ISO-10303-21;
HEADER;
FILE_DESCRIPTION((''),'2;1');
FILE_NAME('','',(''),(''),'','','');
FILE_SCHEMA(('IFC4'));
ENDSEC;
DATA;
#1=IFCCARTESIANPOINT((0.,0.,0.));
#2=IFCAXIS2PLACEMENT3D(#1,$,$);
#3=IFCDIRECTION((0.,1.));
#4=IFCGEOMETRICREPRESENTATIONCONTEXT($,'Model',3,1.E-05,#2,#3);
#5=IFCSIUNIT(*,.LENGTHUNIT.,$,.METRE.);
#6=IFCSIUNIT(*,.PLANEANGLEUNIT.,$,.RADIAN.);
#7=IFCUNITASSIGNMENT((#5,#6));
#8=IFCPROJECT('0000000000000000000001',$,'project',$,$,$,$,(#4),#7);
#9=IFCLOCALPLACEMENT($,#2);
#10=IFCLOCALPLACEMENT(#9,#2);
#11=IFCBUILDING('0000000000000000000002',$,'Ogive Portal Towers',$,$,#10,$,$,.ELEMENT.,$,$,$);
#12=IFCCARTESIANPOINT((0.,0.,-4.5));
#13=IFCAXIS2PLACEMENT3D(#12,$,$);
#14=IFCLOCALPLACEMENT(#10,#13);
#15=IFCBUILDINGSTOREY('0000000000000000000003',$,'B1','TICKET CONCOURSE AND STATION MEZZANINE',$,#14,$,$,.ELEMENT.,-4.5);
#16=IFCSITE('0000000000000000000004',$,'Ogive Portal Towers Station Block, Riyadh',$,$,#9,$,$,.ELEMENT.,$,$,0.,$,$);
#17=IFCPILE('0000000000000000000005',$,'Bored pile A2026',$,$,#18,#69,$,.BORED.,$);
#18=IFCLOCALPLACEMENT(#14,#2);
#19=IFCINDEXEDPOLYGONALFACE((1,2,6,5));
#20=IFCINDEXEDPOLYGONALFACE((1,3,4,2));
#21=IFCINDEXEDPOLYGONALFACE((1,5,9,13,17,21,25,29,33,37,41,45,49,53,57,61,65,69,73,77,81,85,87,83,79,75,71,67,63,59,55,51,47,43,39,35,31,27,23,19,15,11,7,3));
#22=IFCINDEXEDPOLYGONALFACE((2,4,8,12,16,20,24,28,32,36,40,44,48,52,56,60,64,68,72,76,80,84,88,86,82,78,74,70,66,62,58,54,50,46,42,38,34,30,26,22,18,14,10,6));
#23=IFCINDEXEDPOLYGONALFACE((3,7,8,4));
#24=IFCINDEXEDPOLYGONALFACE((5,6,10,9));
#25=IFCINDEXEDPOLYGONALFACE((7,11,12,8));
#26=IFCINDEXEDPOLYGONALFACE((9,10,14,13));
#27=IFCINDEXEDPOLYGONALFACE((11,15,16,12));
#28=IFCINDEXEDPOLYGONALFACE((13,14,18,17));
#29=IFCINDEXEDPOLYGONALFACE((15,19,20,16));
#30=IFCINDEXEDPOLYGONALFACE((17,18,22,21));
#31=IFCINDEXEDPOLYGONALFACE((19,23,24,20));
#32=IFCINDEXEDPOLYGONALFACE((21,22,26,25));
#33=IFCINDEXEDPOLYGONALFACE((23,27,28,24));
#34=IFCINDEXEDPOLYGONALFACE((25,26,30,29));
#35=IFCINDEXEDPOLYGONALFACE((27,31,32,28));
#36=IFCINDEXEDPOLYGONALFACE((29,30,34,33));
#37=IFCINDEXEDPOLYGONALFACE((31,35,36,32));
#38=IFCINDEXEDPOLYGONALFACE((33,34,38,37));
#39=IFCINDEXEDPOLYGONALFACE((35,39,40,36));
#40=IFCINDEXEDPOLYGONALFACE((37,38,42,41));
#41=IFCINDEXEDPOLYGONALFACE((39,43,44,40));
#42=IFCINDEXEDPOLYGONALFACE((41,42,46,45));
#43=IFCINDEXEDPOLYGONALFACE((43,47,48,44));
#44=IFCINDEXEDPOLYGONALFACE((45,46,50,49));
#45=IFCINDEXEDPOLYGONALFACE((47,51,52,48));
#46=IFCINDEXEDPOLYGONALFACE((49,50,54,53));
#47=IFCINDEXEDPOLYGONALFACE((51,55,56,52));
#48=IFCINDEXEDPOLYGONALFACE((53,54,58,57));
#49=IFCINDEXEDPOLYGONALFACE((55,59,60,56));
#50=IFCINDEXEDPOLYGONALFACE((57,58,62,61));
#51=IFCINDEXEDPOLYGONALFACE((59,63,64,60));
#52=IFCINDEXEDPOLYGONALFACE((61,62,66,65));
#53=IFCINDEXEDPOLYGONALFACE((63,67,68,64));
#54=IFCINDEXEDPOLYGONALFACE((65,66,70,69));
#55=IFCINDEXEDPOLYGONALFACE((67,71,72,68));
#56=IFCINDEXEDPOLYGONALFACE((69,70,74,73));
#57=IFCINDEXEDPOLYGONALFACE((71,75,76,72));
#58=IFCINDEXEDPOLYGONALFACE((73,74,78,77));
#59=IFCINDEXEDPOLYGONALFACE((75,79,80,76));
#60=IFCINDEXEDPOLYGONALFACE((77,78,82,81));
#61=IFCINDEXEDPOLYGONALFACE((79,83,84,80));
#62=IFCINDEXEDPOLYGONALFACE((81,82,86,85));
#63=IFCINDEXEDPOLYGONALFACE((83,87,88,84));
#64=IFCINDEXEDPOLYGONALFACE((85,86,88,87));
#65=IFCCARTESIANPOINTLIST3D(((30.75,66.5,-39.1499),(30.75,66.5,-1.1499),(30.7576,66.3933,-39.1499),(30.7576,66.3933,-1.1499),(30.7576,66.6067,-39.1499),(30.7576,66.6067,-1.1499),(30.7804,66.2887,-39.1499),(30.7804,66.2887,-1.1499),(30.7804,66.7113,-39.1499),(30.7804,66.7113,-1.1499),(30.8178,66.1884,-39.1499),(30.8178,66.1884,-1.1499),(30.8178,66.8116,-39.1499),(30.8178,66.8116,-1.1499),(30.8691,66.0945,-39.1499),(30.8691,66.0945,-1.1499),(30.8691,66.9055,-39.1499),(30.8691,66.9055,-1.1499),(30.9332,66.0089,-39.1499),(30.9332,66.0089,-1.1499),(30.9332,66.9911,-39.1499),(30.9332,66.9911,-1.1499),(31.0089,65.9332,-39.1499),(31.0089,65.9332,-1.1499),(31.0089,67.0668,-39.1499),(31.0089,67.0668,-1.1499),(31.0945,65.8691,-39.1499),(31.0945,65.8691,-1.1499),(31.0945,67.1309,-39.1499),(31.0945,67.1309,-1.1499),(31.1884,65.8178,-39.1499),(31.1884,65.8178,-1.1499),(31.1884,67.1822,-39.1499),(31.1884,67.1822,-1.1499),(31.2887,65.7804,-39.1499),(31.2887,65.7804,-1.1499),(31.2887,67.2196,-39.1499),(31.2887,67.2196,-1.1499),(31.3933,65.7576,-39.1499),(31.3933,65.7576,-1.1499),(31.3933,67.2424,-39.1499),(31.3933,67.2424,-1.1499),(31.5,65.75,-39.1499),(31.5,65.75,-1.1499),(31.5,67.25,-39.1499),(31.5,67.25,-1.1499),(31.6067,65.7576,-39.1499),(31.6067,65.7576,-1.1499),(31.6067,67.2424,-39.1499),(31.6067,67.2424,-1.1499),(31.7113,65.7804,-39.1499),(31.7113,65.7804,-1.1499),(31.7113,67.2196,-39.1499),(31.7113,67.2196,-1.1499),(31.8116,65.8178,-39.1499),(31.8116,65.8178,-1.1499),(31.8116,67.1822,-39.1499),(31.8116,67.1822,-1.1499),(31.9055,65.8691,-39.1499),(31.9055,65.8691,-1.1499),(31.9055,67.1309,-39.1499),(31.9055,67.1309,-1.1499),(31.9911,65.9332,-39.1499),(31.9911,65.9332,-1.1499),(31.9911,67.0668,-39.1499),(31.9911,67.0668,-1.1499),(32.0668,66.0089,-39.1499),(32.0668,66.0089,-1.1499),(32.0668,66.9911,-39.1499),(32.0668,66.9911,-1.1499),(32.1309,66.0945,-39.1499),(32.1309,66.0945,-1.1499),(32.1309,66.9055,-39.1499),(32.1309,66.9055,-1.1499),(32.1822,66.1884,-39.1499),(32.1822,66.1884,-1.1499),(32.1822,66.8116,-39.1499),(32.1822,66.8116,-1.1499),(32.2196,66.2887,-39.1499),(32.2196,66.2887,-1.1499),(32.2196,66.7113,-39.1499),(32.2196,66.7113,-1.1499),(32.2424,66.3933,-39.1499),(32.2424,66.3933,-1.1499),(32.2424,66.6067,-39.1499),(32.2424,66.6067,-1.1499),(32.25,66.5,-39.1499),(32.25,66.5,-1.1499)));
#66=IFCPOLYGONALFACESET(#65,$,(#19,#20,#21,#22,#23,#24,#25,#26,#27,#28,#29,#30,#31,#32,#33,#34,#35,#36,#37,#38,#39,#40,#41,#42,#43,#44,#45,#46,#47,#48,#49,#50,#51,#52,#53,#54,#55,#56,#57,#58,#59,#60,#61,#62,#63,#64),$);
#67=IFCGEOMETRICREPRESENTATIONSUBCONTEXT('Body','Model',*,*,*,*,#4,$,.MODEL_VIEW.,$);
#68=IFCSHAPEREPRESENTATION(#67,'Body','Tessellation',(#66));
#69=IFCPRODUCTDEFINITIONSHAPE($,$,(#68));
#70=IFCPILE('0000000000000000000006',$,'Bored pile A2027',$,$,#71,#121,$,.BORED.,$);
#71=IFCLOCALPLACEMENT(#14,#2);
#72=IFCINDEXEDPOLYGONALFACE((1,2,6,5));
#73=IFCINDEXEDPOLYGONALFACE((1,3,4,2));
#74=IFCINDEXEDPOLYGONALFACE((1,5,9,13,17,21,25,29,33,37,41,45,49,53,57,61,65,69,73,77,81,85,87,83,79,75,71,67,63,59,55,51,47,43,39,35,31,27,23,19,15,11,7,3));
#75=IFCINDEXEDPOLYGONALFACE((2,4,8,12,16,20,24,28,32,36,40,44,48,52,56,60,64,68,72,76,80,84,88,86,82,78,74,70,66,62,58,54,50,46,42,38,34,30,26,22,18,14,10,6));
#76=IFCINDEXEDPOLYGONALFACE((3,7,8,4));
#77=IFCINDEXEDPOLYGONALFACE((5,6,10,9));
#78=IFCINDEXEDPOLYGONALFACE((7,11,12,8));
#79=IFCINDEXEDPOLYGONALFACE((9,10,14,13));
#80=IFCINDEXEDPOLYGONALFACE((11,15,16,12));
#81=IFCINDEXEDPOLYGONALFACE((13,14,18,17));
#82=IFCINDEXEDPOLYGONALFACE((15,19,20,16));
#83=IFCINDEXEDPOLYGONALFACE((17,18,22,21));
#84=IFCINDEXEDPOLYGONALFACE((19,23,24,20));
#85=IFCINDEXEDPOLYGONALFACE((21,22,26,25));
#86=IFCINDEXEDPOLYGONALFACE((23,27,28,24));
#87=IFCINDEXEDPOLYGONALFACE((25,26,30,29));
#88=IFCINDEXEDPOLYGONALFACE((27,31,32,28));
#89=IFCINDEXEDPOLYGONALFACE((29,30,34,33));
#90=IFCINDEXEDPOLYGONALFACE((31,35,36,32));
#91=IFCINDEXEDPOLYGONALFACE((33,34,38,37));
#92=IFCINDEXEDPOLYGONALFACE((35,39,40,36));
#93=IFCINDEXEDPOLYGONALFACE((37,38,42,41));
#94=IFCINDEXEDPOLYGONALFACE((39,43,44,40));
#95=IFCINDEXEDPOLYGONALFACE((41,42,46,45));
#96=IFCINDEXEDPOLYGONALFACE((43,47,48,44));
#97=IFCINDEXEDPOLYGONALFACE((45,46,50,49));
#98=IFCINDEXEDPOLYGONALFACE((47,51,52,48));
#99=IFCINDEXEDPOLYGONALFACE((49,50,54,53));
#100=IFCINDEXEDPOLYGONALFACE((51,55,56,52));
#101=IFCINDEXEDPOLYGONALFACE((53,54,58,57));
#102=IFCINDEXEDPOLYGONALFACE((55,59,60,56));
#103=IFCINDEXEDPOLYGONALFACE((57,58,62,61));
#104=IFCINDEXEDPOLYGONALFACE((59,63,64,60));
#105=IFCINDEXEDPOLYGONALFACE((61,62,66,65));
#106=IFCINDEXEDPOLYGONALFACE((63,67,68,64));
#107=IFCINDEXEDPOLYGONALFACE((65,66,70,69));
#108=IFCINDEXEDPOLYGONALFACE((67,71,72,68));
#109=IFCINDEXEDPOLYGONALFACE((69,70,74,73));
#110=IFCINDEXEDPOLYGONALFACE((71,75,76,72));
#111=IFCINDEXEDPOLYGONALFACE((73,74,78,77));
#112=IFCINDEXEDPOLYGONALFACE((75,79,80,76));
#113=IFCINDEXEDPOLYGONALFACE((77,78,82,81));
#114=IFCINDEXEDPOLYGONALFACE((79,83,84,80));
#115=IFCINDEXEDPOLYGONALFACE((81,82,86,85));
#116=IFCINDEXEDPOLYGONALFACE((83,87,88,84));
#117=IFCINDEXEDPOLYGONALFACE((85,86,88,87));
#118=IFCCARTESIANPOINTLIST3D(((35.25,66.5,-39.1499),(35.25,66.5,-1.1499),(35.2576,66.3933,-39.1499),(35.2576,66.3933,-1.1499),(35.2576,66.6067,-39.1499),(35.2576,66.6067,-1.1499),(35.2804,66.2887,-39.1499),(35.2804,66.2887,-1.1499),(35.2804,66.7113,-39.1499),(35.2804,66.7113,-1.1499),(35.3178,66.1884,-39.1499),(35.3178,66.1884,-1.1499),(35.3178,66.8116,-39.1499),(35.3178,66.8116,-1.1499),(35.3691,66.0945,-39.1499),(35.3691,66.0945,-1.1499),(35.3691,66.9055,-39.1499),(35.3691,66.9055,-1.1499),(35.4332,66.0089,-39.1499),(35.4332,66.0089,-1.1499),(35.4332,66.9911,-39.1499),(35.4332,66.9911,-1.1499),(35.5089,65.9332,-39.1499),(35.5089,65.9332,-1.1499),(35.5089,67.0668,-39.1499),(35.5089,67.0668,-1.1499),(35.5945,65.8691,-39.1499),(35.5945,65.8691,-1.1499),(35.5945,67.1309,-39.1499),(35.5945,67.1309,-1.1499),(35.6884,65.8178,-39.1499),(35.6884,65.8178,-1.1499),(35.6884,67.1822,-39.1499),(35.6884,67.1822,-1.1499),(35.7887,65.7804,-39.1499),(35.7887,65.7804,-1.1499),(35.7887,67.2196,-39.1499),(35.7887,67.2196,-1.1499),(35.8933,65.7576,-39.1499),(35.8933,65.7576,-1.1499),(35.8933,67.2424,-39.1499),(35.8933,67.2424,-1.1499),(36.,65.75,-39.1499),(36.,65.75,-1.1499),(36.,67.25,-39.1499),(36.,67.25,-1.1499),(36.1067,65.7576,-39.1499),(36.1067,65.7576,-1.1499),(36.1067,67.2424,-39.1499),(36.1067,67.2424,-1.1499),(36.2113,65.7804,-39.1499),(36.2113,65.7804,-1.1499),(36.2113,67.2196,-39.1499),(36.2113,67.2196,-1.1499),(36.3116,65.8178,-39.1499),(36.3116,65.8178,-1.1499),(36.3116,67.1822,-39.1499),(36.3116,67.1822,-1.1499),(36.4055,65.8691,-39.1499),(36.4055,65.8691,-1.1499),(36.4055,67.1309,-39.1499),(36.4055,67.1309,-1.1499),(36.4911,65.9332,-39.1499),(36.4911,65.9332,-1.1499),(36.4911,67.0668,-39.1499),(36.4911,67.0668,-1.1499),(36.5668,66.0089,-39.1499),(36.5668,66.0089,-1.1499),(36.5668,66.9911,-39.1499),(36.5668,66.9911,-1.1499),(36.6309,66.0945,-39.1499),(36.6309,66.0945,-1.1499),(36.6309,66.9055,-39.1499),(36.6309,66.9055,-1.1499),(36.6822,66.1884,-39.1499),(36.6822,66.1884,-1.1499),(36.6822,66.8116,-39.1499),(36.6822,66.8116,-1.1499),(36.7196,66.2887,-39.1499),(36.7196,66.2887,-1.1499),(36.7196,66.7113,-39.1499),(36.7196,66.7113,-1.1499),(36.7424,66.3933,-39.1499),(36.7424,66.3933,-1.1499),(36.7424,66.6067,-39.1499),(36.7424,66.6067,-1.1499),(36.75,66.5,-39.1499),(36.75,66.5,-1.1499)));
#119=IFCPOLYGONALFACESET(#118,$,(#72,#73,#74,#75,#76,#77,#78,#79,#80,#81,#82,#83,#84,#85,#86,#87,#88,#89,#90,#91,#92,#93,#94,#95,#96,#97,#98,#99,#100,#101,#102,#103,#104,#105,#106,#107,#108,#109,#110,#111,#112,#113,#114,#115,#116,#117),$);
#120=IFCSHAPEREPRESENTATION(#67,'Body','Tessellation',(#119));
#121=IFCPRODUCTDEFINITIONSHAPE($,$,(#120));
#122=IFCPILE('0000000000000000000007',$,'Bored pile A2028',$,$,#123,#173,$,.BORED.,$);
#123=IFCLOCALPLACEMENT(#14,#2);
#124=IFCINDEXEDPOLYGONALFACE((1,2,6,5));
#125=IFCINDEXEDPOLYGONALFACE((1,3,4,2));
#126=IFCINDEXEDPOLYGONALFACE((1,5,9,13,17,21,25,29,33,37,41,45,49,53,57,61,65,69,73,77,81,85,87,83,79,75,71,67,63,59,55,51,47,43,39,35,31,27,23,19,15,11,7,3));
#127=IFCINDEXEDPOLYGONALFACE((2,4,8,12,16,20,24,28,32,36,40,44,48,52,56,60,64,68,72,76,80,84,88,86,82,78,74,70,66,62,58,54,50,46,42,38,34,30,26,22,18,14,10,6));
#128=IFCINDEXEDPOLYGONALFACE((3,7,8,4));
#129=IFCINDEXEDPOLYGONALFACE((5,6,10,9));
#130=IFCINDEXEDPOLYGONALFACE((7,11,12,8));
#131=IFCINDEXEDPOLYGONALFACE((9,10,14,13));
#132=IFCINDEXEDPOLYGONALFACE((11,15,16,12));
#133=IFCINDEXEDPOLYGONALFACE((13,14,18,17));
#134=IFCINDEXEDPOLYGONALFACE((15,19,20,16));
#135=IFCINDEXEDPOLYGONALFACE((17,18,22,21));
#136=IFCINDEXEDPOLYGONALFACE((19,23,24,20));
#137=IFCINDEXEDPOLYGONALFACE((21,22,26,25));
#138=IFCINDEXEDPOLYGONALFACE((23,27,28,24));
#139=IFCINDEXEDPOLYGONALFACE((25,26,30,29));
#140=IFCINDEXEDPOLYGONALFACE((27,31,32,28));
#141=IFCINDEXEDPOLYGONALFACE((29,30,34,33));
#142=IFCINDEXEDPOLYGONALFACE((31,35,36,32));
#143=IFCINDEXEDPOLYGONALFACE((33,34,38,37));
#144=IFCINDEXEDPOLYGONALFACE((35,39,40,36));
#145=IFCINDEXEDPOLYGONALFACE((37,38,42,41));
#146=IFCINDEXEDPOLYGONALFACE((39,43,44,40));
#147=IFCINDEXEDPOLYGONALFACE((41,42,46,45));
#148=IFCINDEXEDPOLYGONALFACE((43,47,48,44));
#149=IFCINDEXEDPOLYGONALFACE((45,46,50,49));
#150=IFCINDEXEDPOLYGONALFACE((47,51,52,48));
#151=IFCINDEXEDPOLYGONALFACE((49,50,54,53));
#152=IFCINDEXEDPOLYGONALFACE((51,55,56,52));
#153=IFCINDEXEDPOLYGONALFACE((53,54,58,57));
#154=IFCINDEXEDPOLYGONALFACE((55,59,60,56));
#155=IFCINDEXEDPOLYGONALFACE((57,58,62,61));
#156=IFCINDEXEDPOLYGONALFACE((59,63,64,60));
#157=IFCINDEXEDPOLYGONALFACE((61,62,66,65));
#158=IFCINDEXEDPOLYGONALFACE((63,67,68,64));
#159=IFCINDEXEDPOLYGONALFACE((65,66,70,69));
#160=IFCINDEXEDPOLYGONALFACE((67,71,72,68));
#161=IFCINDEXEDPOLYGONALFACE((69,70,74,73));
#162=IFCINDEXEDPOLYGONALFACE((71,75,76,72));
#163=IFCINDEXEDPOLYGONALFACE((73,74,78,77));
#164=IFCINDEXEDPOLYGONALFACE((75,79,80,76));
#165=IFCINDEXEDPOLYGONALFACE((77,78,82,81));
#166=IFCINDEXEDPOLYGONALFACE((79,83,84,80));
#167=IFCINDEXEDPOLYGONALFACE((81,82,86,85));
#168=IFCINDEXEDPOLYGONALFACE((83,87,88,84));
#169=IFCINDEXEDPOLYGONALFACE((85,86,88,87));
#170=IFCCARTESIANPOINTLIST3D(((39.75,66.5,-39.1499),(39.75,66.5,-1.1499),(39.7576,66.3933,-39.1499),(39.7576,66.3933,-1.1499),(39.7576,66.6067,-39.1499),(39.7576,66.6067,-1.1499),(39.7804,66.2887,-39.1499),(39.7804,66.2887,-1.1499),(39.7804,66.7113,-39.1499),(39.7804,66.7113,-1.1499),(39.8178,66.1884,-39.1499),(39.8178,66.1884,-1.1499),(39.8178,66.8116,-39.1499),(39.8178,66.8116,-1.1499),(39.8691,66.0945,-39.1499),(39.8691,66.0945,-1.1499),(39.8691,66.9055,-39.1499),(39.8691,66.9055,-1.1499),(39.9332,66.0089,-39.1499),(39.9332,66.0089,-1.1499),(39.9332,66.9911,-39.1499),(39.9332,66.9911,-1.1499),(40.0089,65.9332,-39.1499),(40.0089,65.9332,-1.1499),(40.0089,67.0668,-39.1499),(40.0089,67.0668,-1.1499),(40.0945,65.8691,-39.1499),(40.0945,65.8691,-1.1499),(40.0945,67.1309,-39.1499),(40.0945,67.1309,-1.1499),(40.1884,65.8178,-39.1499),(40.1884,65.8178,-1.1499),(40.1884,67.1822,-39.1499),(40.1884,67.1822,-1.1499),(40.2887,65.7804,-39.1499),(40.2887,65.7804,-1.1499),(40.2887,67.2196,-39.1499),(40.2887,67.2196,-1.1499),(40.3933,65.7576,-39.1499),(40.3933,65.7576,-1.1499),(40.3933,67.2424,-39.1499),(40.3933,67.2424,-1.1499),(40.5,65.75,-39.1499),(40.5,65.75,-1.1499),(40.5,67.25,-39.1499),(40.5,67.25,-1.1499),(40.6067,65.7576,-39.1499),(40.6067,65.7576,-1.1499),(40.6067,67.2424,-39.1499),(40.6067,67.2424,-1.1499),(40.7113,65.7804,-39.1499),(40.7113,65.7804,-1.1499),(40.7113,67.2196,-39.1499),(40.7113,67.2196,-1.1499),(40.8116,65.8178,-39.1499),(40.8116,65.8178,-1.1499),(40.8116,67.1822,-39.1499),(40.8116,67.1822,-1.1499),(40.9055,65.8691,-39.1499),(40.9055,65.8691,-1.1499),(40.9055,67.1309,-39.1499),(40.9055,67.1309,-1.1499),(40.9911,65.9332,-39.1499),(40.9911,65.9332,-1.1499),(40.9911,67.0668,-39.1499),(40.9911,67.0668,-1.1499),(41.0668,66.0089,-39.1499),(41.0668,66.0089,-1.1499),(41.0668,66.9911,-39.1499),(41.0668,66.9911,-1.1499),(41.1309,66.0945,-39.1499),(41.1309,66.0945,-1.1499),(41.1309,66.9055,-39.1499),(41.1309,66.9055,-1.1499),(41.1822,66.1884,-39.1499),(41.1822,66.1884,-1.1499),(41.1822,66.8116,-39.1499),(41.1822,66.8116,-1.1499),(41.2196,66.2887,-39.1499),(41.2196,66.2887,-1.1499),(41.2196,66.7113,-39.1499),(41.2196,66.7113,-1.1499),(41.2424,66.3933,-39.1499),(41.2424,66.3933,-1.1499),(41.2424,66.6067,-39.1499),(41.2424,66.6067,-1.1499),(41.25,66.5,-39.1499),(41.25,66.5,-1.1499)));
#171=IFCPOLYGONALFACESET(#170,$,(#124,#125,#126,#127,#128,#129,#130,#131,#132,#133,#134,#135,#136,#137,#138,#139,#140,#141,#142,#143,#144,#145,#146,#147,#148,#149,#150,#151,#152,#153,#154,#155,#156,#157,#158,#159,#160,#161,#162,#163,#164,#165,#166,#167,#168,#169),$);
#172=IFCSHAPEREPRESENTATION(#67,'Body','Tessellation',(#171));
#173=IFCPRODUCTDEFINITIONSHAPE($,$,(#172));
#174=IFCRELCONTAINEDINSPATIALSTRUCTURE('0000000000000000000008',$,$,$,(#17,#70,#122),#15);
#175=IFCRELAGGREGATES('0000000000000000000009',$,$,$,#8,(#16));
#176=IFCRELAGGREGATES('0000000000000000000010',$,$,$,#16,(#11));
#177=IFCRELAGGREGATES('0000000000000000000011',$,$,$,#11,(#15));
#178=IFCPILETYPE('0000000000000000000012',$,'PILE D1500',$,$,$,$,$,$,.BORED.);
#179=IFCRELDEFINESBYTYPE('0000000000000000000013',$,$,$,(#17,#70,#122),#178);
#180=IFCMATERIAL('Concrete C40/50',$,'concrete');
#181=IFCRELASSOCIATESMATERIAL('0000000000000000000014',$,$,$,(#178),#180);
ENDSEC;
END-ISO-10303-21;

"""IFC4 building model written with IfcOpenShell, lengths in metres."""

from ifc_helpers import new_model, si_unit, direction, frame, origin, origin_2d, place, context, subcontext, project, spatial, circle, extrude, material, material_profile, profile_set, type_object, element, save


model = new_model("IFC4")

# Units and contexts
model_context = context("Model", 3, precision=1e-05, world=origin(), true_north=direction((0.0, 1.0)))
body_context = subcontext(model_context, "Body", "Model", "MODEL_VIEW")
ifc_project = project(units=[si_unit("LENGTHUNIT", "METRE"), si_unit("PLANEANGLEUNIT", "RADIAN")], contexts=[model_context])

# Site, building, storey
site_placement = place(None, origin())
site = spatial("IfcSite", under=ifc_project, at=site_placement, Name="Ogive Portal Towers Station Block, Riyadh", CompositionType="ELEMENT", RefElevation=0.0)
building_placement = place(site_placement, origin())
building = spatial("IfcBuilding", under=site, at=building_placement, Name="Ogive Portal Towers", CompositionType="ELEMENT")
storey_placement = place(building_placement, frame((0.0, 0.0, -4.5)))
storey = spatial("IfcBuildingStorey", under=building, at=storey_placement, Name="B1", Description="TICKET CONCOURSE AND STATION MEZZANINE", CompositionType="ELEMENT", Elevation=-4.5)

# Piles
ifc_material_1 = material(Name="Concrete C40/50", Category="concrete")
ifc_material_profile_1 = material_profile(ifc_material_1, circle(Radius=0.75, at=origin_2d()), Name="PILE D1500")
ifc_profile_set_1 = profile_set([ifc_material_profile_1], Name="Concrete C40/50")
pile_type = type_object("IfcPileType", Name="PILE D1500", PredefinedType="BORED", material=ifc_profile_set_1)
for number, where, z_axis, x_axis, name in (
    (1, (31.5, 66.5, -1.1499), (0.0, 0.0, -1.0), (1.0, 0.0, 0.0), "Bored pile A2026"),
    (2, (36.0, 66.5, -1.1499), (0.0, 0.0, -1.0), (1.0, 0.0, 0.0), "Bored pile A2027"),
    (3, (40.5, 66.5, -1.1499), (0.0, 0.0, -1.0), (1.0, 0.0, 0.0), "Bored pile A2028"),
):
    element("IfcPile", number, at=place(storey_placement, frame(where, z_axis=z_axis, x_axis=x_axis)), inside=storey, type_object=pile_type, Name=name, PredefinedType="BORED", context=body_context, shape_type="SweptSolid", body=[
        extrude(circle(Radius=0.75, at=origin_2d()), origin(), (0.0, 0.0, 1.0), 38.0),
    ])

save(model, "model.ifc")
